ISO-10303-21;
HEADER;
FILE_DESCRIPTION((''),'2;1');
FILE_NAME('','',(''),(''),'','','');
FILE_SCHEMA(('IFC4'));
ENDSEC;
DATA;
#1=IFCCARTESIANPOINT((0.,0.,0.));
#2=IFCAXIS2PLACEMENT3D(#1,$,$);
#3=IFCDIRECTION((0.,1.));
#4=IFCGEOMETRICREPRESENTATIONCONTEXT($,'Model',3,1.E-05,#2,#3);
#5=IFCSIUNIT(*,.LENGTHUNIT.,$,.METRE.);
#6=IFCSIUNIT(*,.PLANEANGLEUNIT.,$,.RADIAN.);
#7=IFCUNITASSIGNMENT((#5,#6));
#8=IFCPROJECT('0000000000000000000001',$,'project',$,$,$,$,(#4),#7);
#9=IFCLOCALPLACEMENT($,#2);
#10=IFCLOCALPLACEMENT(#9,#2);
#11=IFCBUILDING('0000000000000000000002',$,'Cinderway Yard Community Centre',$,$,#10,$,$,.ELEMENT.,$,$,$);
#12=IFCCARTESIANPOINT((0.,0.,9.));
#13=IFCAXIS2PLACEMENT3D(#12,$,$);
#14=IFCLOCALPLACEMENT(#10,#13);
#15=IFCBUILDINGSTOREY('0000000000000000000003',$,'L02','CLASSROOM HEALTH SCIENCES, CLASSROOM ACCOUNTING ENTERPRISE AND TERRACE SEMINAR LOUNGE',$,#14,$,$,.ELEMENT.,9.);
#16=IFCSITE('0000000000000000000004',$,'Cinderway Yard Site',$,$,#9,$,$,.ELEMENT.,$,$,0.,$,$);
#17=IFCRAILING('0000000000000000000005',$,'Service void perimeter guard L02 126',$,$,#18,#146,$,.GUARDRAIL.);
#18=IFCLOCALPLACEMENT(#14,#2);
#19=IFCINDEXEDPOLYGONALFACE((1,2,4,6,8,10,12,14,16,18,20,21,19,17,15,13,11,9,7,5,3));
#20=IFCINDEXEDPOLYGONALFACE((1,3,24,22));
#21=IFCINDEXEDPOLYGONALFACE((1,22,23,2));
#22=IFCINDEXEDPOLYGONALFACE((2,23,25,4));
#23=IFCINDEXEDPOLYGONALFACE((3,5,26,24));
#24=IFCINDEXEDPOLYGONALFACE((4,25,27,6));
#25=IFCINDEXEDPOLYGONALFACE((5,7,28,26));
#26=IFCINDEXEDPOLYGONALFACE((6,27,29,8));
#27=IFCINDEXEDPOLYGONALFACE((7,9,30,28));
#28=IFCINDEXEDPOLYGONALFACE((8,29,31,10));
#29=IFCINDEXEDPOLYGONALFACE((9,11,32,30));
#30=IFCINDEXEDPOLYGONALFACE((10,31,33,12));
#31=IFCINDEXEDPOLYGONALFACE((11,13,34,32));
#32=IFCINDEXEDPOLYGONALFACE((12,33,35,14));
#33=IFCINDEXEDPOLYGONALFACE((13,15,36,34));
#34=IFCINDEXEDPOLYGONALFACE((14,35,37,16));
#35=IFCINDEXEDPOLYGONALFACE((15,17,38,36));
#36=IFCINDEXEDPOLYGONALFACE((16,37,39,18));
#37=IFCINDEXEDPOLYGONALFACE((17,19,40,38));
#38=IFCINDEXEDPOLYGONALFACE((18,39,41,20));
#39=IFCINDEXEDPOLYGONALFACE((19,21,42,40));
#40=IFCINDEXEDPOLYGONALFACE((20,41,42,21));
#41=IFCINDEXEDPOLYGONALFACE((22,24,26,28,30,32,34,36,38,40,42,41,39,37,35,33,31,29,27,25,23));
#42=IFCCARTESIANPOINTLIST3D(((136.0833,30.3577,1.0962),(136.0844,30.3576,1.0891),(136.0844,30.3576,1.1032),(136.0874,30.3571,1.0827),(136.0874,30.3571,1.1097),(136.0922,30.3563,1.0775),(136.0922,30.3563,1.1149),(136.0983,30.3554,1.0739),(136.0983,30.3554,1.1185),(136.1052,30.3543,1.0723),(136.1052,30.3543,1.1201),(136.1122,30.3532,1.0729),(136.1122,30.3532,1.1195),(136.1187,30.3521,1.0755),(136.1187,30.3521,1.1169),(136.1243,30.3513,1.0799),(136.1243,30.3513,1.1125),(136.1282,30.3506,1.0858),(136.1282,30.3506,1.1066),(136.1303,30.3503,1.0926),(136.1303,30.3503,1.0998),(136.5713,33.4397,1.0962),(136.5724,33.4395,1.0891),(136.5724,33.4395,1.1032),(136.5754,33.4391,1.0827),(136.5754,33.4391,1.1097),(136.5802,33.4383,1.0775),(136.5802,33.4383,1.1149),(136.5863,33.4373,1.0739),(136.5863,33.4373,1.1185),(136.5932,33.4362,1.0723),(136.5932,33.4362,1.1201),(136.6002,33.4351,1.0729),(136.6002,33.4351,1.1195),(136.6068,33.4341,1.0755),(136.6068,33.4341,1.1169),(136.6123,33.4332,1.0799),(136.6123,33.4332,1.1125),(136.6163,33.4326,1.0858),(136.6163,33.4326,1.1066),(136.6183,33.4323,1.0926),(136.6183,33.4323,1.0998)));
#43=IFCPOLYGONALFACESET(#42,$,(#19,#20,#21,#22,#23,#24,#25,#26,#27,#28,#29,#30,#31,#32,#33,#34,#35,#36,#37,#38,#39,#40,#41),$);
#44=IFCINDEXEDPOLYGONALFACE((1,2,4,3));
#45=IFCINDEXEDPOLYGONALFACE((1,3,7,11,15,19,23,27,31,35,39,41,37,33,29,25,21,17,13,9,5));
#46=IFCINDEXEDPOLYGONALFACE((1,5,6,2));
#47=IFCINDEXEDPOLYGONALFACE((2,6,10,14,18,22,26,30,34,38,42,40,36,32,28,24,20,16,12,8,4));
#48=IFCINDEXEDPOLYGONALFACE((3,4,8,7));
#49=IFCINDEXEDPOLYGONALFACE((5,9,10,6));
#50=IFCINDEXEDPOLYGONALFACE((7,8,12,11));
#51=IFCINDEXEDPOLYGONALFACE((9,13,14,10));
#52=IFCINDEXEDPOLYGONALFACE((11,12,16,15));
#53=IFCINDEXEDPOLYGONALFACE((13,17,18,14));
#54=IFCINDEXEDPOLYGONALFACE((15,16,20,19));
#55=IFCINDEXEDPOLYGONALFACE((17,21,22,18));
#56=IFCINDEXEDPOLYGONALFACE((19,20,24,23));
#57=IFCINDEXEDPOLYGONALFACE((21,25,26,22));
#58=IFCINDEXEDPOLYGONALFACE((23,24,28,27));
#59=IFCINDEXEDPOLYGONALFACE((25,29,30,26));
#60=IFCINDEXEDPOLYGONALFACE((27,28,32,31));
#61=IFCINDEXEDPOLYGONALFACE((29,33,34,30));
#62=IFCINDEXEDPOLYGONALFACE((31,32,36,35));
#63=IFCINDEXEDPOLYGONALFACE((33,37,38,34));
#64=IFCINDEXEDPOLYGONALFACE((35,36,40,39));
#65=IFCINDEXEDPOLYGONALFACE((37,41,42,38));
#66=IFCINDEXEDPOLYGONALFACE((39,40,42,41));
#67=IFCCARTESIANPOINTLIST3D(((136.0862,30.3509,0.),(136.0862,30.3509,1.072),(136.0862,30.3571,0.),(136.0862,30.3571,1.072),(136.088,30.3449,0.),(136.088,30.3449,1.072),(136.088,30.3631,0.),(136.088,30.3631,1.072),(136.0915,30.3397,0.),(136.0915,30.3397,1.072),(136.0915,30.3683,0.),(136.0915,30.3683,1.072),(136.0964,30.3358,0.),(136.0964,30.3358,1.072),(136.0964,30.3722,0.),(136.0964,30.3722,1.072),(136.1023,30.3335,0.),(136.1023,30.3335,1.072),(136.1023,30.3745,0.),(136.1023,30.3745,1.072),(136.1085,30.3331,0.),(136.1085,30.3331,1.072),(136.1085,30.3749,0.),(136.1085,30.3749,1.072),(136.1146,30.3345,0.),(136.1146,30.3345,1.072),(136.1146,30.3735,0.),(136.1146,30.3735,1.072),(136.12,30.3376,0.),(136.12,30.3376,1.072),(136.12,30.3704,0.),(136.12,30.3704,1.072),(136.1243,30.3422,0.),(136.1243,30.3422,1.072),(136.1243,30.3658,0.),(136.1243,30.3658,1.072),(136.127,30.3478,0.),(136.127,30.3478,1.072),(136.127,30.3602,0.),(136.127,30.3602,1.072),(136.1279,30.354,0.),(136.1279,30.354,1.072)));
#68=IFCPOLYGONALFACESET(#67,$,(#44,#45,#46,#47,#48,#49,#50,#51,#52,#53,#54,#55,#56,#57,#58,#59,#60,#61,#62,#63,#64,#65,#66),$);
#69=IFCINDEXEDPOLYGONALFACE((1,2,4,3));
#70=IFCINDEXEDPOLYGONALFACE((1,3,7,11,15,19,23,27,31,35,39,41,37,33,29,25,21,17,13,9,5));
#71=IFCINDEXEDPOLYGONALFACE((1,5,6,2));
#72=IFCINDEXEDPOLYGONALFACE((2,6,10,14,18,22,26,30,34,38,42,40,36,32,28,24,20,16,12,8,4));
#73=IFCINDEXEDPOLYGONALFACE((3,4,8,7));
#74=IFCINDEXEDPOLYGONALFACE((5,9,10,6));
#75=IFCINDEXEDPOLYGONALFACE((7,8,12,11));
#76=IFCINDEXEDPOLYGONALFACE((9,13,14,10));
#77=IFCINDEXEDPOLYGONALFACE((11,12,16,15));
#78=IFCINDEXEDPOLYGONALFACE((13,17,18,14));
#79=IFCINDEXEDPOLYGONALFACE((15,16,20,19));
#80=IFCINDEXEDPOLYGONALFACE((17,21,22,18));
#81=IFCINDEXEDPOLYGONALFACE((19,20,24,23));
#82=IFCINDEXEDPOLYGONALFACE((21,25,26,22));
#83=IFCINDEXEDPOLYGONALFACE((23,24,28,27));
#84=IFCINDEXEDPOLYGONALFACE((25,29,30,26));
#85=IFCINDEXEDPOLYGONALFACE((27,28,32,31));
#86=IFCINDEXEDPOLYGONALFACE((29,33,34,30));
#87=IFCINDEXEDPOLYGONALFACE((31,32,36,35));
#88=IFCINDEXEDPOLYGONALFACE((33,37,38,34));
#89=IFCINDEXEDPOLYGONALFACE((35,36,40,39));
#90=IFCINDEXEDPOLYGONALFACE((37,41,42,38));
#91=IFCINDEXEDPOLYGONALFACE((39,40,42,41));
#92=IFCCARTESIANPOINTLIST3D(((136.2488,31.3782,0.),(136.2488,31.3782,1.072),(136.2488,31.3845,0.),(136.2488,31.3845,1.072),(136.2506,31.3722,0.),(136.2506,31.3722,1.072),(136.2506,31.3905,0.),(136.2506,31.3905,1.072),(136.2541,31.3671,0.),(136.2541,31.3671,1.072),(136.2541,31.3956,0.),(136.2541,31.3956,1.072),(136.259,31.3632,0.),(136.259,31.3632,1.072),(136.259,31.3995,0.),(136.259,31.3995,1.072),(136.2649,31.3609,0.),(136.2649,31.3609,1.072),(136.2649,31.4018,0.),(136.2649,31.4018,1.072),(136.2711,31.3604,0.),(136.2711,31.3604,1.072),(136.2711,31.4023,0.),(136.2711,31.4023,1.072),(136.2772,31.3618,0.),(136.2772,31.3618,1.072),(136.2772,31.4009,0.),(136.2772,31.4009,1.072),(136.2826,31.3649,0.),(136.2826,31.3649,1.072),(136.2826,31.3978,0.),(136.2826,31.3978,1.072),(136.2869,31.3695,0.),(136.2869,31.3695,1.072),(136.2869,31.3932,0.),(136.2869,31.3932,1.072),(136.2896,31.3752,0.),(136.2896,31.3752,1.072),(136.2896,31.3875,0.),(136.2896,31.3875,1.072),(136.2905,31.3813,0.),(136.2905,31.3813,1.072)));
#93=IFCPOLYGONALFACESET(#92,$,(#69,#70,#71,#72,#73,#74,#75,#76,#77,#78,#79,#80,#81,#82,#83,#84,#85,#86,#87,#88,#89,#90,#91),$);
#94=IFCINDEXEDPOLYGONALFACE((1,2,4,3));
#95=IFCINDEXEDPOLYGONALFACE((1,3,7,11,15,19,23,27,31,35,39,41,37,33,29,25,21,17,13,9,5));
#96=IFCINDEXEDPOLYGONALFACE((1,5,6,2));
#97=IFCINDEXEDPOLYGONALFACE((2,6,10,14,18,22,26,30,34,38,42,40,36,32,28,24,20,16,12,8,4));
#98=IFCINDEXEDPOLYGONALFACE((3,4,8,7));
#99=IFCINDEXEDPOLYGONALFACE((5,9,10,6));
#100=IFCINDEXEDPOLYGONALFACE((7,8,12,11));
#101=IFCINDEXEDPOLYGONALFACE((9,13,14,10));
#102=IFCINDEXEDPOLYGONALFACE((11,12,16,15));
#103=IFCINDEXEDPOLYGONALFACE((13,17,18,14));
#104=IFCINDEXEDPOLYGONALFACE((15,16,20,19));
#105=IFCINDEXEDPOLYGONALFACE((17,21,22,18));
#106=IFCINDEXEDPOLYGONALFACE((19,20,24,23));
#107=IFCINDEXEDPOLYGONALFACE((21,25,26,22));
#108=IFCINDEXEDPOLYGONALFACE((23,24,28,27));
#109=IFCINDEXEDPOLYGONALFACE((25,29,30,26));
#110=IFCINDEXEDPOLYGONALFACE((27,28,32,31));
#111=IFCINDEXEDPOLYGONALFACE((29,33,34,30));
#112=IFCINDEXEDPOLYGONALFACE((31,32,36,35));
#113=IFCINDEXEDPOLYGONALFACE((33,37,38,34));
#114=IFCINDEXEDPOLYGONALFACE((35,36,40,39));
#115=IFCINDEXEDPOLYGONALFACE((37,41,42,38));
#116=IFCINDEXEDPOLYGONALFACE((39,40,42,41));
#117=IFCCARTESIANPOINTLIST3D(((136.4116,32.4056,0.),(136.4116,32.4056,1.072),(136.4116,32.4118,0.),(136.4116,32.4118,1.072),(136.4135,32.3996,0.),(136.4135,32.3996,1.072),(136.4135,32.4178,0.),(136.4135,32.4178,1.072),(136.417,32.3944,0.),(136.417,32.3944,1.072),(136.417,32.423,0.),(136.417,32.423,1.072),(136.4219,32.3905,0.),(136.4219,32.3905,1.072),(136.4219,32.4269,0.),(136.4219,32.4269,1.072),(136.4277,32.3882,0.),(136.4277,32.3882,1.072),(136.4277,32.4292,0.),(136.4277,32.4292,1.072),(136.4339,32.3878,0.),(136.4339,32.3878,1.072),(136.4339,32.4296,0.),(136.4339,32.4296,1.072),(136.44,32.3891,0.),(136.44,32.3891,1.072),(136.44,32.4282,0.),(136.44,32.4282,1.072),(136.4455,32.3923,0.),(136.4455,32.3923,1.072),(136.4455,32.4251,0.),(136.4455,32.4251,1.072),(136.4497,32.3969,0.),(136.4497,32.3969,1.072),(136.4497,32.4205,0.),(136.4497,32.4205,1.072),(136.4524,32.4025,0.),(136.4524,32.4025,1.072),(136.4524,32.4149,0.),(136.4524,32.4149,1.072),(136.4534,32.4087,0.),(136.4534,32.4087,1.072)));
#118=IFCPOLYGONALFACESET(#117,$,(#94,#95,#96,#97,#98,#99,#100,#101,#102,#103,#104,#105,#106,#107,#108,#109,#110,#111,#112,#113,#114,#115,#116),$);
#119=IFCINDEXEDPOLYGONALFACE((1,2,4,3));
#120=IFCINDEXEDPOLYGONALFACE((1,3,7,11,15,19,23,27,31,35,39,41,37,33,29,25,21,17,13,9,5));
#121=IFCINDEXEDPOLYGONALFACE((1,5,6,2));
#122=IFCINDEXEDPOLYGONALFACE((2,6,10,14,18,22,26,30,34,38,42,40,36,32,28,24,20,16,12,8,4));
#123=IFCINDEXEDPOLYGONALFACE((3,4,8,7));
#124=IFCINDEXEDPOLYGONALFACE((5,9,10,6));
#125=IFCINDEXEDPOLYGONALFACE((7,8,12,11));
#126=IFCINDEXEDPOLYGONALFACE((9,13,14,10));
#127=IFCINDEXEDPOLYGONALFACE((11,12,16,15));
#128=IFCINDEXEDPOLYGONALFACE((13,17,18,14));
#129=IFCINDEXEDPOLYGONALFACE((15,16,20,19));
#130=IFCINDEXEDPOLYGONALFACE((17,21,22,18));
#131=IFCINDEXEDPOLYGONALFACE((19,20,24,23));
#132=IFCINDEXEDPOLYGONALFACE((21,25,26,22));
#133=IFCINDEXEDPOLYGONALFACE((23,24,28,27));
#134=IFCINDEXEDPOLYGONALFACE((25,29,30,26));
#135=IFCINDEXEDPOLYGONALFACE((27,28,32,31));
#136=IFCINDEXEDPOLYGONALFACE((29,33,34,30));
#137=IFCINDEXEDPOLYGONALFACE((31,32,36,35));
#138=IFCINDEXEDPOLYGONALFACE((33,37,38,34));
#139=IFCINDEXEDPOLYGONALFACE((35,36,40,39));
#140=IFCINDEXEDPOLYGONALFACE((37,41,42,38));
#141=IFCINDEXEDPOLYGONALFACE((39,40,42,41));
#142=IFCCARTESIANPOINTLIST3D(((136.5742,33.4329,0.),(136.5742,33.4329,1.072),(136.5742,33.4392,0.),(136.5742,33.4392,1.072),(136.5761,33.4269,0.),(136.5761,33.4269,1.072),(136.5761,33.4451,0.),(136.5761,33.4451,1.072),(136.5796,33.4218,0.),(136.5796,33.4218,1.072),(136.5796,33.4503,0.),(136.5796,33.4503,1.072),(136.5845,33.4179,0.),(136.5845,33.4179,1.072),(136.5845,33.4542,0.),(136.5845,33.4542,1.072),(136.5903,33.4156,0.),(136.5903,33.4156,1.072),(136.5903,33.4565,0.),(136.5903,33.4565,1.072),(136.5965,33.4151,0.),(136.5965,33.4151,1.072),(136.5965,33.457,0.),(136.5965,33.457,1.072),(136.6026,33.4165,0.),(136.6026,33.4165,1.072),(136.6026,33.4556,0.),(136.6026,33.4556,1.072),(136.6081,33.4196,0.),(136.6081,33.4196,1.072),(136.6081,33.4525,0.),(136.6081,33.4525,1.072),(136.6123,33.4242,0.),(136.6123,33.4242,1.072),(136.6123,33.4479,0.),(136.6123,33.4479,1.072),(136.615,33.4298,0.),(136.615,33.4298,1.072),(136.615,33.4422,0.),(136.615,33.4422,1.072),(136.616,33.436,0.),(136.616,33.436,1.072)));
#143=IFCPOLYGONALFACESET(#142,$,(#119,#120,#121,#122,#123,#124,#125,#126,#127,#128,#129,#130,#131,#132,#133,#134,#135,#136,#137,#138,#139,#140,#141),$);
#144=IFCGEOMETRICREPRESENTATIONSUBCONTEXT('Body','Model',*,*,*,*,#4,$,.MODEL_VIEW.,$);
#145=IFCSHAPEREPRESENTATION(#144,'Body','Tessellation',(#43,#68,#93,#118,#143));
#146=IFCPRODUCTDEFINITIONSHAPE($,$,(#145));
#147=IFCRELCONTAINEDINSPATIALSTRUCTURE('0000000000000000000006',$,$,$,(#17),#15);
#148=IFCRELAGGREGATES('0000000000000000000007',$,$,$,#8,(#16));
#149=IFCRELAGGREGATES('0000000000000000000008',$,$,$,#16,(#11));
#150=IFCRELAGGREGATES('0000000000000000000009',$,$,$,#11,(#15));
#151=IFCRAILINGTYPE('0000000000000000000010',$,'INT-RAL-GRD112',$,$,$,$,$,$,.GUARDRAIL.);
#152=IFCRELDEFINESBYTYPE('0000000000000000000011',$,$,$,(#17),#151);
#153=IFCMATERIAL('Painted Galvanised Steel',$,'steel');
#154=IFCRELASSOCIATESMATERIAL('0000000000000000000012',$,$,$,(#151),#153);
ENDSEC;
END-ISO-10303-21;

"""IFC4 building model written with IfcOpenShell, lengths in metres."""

from ifc_helpers import new_model, si_unit, direction, frame, origin, origin_2d, place, context, subcontext, project, spatial, circle, extrude, material, type_object, element, save


model = new_model("IFC4")

# Units and contexts
model_context = context("Model", 3, precision=1e-05, world=origin(), true_north=direction((0.0, 1.0)))
body_context = subcontext(model_context, "Body", "Model", "MODEL_VIEW")
ifc_project = project(units=[si_unit("LENGTHUNIT", "METRE"), si_unit("PLANEANGLEUNIT", "RADIAN")], contexts=[model_context])

# Site, building, storey
site_placement = place(None, origin())
site = spatial("IfcSite", under=ifc_project, at=site_placement, Name="Cinderway Yard Site", CompositionType="ELEMENT", RefElevation=0.0)
building_placement = place(site_placement, origin())
building = spatial("IfcBuilding", under=site, at=building_placement, Name="Cinderway Yard Community Centre", CompositionType="ELEMENT")
storey_placement = place(building_placement, frame((0.0, 0.0, 9.0)))
storey = spatial("IfcBuildingStorey", under=building, at=storey_placement, Name="L02", Description="CLASSROOM HEALTH SCIENCES, CLASSROOM ACCOUNTING ENTERPRISE AND TERRACE SEMINAR LOUNGE", CompositionType="ELEMENT", Elevation=9.0)

# Railing
ifc_material_1 = material(Name="Painted Galvanised Steel", Category="steel")
railing_type = type_object("IfcRailingType", Name="INT-RAL-GRD112", PredefinedType="GUARDRAIL", material=ifc_material_1)
railing_placement = place(storey_placement, frame((136.1069, 30.354, 0.0)))
element("IfcRailing", 1, at=railing_placement, inside=storey, type_object=railing_type, Name="Service void perimeter guard L02 126", PredefinedType="GUARDRAIL", context=body_context, shape_type="SweptSolid", body=[
    extrude(circle(Radius=0.0239, at=origin_2d()), frame((0.0, 0.0, 1.0962), z_axis=(0.1564, 0.987694, 0.0), x_axis=(-0.987694, 0.1564, 0.0)), (0.0, 0.0, 1.0), 3.1204),
    extrude(circle(Radius=0.021, at=origin_2d()), origin(), (0.0, 0.0, 1.0), 1.072),
    extrude(circle(Radius=0.021, at=origin_2d()), frame((0.1626, 1.0273, 0.0)), (0.0, 0.0, 1.0), 1.072),
    extrude(circle(Radius=0.021, at=origin_2d()), frame((0.3254, 2.0547, 0.0)), (0.0, 0.0, 1.0), 1.072),
    extrude(circle(Radius=0.021, at=origin_2d()), frame((0.488, 3.082, 0.0)), (0.0, 0.0, 1.0), 1.072),
])

save(model, "model.ifc")
